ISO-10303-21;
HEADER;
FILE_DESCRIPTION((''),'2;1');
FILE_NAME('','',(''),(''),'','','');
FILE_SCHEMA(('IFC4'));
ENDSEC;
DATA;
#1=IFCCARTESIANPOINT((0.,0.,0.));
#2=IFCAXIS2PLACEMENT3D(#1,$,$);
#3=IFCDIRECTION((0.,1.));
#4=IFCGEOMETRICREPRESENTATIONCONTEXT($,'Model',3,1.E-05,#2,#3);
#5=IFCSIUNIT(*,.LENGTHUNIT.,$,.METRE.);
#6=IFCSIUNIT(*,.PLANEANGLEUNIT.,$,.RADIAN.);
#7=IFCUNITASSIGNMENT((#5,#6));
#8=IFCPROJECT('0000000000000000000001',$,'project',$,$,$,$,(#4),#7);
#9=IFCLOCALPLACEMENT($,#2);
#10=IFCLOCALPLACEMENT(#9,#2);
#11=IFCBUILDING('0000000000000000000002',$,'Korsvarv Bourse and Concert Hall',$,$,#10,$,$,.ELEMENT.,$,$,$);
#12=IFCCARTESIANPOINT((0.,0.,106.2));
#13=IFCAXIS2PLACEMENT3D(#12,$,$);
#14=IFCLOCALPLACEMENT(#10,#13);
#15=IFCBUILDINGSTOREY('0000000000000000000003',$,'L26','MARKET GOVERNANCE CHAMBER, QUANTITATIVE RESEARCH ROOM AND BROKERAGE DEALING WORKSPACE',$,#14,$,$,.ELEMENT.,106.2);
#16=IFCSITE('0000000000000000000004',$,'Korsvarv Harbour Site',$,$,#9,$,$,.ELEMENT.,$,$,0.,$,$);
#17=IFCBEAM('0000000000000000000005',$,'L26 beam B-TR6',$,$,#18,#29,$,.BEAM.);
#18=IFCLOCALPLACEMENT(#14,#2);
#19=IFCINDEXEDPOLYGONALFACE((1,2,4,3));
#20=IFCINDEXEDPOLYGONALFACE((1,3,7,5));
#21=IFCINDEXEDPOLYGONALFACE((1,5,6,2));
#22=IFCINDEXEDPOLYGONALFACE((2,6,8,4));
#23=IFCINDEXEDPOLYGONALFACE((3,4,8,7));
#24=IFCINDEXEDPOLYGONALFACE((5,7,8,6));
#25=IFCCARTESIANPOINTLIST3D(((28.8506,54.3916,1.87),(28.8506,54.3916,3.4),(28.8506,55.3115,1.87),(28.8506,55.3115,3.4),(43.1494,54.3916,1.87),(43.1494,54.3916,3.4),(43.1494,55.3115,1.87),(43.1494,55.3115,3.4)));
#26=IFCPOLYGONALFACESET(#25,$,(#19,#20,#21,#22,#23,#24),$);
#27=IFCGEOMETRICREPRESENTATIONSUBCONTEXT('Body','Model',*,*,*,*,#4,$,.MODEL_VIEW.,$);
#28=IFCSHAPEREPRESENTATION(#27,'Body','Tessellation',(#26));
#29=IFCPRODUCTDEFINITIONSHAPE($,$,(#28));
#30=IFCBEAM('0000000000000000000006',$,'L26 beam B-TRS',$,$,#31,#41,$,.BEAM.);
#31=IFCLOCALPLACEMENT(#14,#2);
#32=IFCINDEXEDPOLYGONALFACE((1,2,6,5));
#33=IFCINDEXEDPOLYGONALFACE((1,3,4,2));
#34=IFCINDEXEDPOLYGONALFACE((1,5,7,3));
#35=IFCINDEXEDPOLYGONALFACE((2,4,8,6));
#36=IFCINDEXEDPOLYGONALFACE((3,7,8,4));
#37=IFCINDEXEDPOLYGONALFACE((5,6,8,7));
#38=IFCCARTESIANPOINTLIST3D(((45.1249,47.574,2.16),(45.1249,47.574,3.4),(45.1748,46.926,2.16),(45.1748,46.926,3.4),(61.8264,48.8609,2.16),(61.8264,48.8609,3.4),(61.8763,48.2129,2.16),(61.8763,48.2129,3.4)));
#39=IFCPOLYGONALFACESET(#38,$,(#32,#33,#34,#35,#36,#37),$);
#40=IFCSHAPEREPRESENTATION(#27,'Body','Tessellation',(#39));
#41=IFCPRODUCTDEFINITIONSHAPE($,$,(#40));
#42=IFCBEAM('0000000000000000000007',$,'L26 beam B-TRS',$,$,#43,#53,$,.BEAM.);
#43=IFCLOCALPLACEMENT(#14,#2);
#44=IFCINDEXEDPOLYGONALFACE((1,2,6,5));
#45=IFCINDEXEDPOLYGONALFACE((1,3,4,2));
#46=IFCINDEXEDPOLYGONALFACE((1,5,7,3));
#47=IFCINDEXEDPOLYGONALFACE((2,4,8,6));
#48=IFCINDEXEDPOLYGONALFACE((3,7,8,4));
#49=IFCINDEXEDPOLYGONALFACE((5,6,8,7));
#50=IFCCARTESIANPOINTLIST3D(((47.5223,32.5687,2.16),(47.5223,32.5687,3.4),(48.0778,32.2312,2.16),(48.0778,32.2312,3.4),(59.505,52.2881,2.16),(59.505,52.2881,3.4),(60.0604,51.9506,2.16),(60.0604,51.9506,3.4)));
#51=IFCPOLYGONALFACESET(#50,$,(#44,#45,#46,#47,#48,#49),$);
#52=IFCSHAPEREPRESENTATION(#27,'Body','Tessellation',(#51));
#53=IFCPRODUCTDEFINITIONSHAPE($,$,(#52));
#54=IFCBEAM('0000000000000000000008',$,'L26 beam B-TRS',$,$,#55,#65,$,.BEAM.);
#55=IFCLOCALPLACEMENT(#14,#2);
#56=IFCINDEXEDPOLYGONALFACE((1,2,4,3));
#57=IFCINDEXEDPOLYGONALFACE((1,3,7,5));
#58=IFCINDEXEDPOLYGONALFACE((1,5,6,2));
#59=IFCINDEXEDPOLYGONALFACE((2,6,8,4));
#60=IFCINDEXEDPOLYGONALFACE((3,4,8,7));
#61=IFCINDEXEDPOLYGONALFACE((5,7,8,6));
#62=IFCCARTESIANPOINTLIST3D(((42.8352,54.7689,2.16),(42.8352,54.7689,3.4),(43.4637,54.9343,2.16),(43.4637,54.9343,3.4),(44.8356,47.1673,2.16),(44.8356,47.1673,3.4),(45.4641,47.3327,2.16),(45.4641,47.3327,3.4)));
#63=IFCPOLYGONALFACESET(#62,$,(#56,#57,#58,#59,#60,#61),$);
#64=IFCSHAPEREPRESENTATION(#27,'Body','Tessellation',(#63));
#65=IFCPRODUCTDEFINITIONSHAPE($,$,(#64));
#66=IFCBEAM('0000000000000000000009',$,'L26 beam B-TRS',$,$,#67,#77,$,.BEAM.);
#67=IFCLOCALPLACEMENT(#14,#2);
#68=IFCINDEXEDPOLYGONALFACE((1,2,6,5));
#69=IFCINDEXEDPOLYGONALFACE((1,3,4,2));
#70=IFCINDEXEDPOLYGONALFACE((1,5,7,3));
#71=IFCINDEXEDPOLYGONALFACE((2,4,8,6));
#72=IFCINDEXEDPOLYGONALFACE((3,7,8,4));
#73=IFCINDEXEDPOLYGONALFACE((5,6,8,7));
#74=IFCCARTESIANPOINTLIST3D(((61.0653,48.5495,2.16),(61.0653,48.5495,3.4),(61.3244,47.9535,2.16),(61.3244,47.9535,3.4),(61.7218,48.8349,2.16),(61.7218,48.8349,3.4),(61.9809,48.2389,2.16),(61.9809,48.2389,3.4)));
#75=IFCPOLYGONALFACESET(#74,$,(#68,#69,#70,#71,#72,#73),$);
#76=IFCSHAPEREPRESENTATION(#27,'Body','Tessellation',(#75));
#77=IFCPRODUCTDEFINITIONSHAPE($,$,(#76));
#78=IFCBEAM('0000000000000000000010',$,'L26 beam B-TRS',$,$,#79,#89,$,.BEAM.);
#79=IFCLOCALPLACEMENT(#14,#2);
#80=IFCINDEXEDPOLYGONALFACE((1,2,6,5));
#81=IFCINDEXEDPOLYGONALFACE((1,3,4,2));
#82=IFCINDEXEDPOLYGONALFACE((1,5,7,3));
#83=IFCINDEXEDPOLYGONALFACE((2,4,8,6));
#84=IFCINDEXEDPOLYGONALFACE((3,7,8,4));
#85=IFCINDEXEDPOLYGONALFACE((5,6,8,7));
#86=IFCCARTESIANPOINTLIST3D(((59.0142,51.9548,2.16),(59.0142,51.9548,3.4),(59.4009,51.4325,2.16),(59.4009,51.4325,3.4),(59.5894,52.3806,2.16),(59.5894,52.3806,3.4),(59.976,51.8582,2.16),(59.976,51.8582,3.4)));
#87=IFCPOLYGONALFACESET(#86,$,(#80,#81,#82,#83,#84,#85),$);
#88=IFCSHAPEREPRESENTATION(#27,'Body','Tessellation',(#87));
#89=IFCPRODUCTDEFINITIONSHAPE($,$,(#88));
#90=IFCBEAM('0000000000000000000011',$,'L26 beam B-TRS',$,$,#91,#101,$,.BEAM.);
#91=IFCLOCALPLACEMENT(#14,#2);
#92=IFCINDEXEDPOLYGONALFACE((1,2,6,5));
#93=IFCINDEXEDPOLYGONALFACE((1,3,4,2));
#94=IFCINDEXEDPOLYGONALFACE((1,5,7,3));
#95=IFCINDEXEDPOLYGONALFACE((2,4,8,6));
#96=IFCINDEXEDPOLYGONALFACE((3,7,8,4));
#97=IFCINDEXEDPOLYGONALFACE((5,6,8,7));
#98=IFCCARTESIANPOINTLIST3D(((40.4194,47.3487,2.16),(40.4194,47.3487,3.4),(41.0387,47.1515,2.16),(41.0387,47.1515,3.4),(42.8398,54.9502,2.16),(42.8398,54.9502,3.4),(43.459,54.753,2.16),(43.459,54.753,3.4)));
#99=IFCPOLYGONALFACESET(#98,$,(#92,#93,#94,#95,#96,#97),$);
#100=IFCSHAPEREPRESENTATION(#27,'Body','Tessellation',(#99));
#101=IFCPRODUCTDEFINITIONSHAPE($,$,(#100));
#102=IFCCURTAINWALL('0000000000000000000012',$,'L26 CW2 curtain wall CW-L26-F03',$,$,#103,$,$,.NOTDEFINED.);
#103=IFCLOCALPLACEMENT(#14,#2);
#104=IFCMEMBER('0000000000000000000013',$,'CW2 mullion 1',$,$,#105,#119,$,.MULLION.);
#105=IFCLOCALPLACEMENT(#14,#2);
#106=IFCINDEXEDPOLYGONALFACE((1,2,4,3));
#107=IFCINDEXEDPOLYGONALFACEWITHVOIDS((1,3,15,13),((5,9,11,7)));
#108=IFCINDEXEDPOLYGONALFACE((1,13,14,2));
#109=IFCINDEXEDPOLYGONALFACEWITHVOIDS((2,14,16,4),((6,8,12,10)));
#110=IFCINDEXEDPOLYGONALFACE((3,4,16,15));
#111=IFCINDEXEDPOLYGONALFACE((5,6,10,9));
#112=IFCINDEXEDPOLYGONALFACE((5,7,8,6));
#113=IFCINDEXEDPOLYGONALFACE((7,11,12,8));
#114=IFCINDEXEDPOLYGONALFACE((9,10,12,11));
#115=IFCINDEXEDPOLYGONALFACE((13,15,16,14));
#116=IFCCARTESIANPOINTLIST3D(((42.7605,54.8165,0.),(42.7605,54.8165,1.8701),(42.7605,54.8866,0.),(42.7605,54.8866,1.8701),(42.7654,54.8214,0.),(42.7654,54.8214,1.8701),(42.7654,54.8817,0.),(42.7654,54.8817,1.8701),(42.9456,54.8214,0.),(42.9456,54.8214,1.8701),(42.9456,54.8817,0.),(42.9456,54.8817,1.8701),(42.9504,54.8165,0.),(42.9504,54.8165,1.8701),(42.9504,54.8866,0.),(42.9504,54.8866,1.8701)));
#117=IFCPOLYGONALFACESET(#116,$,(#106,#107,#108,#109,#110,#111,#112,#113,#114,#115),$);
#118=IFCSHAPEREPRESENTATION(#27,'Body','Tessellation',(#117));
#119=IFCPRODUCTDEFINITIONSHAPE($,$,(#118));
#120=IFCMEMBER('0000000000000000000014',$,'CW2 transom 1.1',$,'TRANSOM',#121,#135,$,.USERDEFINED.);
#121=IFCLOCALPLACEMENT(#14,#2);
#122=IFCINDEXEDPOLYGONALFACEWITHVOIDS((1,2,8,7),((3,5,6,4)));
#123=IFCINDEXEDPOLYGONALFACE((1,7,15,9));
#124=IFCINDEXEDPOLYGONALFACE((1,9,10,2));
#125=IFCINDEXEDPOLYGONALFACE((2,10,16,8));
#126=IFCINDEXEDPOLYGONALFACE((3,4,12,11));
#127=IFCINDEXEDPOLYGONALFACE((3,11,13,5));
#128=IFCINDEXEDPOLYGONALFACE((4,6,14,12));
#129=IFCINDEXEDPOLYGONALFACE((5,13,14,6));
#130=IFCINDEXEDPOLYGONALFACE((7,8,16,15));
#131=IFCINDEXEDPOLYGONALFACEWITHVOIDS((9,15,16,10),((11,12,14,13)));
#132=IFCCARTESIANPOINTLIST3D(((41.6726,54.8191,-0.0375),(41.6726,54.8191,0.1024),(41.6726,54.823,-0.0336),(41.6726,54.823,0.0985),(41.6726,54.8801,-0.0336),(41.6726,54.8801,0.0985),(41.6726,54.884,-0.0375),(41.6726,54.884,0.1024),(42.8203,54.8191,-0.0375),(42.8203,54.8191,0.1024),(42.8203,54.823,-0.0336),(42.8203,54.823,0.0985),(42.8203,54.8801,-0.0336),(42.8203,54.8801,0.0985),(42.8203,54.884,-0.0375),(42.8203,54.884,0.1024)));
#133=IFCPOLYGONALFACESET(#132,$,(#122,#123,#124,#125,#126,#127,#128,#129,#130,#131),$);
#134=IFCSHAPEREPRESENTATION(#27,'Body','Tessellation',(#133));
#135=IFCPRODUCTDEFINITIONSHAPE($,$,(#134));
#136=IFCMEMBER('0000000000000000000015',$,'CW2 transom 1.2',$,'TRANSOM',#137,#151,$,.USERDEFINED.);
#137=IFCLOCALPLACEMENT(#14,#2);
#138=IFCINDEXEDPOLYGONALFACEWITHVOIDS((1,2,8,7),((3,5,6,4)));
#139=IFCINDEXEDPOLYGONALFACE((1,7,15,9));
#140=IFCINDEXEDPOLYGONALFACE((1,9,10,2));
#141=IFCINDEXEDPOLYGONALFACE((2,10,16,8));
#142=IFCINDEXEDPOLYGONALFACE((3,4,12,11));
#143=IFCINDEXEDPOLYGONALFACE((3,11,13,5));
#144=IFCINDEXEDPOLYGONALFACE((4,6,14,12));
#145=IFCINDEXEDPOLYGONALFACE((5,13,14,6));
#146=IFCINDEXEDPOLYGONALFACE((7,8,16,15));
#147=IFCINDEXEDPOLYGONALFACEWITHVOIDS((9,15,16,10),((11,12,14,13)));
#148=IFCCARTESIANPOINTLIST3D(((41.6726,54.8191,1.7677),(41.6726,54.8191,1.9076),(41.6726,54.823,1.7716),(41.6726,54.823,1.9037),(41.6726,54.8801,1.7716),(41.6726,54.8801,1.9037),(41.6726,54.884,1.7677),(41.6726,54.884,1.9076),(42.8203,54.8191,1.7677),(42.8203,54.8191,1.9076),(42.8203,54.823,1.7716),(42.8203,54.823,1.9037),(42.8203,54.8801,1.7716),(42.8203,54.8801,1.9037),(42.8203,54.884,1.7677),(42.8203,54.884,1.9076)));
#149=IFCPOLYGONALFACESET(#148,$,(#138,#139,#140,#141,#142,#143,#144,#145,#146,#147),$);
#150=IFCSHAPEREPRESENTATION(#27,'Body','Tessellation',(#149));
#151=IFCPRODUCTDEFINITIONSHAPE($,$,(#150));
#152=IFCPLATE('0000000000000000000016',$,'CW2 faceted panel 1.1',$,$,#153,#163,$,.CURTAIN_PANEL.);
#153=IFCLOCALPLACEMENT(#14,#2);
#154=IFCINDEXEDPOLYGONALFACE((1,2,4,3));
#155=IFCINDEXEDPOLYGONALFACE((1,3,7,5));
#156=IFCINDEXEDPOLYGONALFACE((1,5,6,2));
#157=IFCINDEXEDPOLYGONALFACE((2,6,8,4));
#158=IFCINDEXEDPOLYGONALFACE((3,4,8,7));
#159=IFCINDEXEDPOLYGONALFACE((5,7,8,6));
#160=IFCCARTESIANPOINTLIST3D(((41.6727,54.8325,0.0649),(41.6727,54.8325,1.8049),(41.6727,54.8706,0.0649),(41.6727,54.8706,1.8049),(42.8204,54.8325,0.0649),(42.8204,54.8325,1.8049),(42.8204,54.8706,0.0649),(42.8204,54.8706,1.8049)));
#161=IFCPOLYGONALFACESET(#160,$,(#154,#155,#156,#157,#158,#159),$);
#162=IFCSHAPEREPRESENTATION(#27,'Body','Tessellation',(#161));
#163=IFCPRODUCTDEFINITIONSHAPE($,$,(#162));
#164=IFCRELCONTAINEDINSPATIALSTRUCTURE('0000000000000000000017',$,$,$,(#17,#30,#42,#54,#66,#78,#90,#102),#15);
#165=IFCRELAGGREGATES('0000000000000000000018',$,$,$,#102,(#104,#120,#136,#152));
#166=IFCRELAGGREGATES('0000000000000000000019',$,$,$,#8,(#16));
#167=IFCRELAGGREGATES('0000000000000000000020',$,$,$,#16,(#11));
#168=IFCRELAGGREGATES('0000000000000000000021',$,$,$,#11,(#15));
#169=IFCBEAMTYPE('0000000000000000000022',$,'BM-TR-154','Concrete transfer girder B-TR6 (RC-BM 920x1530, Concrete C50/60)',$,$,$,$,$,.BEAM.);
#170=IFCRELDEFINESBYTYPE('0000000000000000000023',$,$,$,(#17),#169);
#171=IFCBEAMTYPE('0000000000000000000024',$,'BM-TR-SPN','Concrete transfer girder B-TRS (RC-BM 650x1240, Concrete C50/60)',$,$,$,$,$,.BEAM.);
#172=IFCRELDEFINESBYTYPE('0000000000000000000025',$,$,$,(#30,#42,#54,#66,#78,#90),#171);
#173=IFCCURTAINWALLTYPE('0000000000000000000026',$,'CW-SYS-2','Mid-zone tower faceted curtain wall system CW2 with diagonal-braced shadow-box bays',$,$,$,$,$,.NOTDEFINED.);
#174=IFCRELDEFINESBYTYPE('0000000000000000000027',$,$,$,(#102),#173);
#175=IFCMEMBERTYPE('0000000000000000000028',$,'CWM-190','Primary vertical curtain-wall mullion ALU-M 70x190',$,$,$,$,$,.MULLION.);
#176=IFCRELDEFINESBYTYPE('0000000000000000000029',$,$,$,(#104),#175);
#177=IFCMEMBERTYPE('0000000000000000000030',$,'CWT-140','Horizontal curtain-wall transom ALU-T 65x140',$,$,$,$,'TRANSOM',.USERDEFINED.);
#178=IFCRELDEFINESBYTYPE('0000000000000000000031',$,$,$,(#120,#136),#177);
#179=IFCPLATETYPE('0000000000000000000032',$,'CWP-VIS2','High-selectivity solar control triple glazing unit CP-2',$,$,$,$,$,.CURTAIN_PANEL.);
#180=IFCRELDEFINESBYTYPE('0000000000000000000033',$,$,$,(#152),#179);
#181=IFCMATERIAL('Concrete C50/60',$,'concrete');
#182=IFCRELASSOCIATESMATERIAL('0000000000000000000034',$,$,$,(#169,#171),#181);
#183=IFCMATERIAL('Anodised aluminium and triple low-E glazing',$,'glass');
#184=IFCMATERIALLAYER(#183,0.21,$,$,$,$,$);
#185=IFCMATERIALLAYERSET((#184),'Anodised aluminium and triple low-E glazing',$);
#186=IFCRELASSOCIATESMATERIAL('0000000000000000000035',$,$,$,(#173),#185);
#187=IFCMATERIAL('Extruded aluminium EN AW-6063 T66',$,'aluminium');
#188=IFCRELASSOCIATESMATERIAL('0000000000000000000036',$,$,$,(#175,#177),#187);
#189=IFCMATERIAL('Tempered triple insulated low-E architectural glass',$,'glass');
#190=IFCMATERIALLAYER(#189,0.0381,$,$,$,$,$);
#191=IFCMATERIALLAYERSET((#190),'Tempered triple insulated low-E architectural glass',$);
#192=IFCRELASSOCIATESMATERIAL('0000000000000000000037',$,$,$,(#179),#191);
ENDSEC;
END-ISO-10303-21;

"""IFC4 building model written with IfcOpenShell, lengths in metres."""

from ifc_helpers import new_model, si_unit, direction, frame, origin, origin_2d, place, context, subcontext, project, spatial, rectangle, hollow_rectangle, extrude, source, transform, mapped, material, layer, layer_set, material_profile, profile_set, type_object, element, aggregate, save


model = new_model("IFC4")

# Units and contexts
model_context = context("Model", 3, precision=1e-05, world=origin(), true_north=direction((0.0, 1.0)))
body_context = subcontext(model_context, "Body", "Model", "MODEL_VIEW")
ifc_project = project(units=[si_unit("LENGTHUNIT", "METRE"), si_unit("PLANEANGLEUNIT", "RADIAN")], contexts=[model_context])

# Site, building, storey
site_placement = place(None, origin())
site = spatial("IfcSite", under=ifc_project, at=site_placement, Name="Korsvarv Harbour Site", CompositionType="ELEMENT", RefElevation=0.0)
building_placement = place(site_placement, origin())
building = spatial("IfcBuilding", under=site, at=building_placement, Name="Korsvarv Bourse and Concert Hall", CompositionType="ELEMENT")
storey_placement = place(building_placement, frame((0.0, 0.0, 106.2)))
storey = spatial("IfcBuildingStorey", under=building, at=storey_placement, Name="L26", Description="MARKET GOVERNANCE CHAMBER, QUANTITATIVE RESEARCH ROOM AND BROKERAGE DEALING WORKSPACE", CompositionType="ELEMENT", Elevation=106.2)

# Beams
ifc_material_1 = material(Name="Concrete C50/60", Category="concrete")
ifc_material_profile_1 = material_profile(ifc_material_1, rectangle(XDim=0.9199, YDim=1.53, at=origin_2d()), Name="RC-BM 920x1530")
ifc_profile_set_1 = profile_set([ifc_material_profile_1], Name="Concrete C50/60")
beam_type_1 = type_object("IfcBeamType", Name="BM-TR-154", Description="Concrete transfer girder B-TR6 (RC-BM 920x1530, Concrete C50/60)", PredefinedType="BEAM", material=ifc_profile_set_1)
shared_shape_1 = source(origin(), body_context, "Body", "SweptSolid", [
    extrude(rectangle(XDim=0.9199, YDim=1.53, at=origin_2d()), origin(), (0.0, 0.0, 1.0), 14.2988),
])
beam_1_placement = place(storey_placement, frame((43.1494, 54.8516, 2.635), z_axis=(-1.0, 0.0, 0.0), x_axis=(0.0, -1.0, 0.0)))
element("IfcBeam", 1, at=beam_1_placement, inside=storey, type_object=beam_type_1, Name="L26 beam B-TR6", PredefinedType="BEAM", context=body_context, shape_type="MappedRepresentation", body=[
    mapped(shared_shape_1, transform((0.0, 0.0, 0.0), scale=1.0)),
])
ifc_material_profile_2 = material_profile(ifc_material_1, rectangle(XDim=0.6499, YDim=1.24, at=origin_2d()), Name="RC-BM 650x1240")
ifc_profile_set_2 = profile_set([ifc_material_profile_2], Name="Concrete C50/60")
beam_type_2 = type_object("IfcBeamType", Name="BM-TR-SPN", Description="Concrete transfer girder B-TRS (RC-BM 650x1240, Concrete C50/60)", PredefinedType="BEAM", material=ifc_profile_set_2)
shared_shape_2 = source(origin(), body_context, "Body", "SweptSolid", [
    extrude(rectangle(XDim=0.6499, YDim=1.24, at=origin_2d()), origin(), (0.0, 0.0, 1.0), 16.751),
])
beam_2_placement = place(storey_placement, frame((61.8513, 48.5369, 2.78), z_axis=(-0.997045, -0.076824, 0.0), x_axis=(0.076824, -0.997045, 0.0)))
element("IfcBeam", 2, at=beam_2_placement, inside=storey, type_object=beam_type_2, Name="L26 beam B-TRS", PredefinedType="BEAM", context=body_context, shape_type="MappedRepresentation", body=[
    mapped(shared_shape_2, transform((0.0, 0.0, 0.0), scale=1.0)),
])
shared_shape_3 = source(origin(), body_context, "Body", "SweptSolid", [
    extrude(rectangle(XDim=0.6499, YDim=1.24, at=origin_2d()), origin(), (0.0, 0.0, 1.0), 23.0747),
])
beam_3_placement = place(storey_placement, frame((59.7827, 52.1194, 2.78), z_axis=(-0.519299, -0.854593, 0.0), x_axis=(0.854593, -0.519299, 0.0)))
element("IfcBeam", 3, at=beam_3_placement, inside=storey, type_object=beam_type_2, Name="L26 beam B-TRS", PredefinedType="BEAM", context=body_context, shape_type="MappedRepresentation", body=[
    mapped(shared_shape_3, transform((0.0, 0.0, 0.0), scale=1.0)),
])
shared_shape_4 = source(origin(), body_context, "Body", "SweptSolid", [
    extrude(rectangle(XDim=0.6499, YDim=1.24, at=origin_2d()), origin(), (0.0, 0.0, 1.0), 7.8604),
])
beam_4_placement = place(storey_placement, frame((43.1494, 54.8516, 2.78), z_axis=(0.254502, -0.967072, 0.0), x_axis=(0.967072, 0.254502, 0.0)))
element("IfcBeam", 4, at=beam_4_placement, inside=storey, type_object=beam_type_2, Name="L26 beam B-TRS", PredefinedType="BEAM", context=body_context, shape_type="MappedRepresentation", body=[
    mapped(shared_shape_4, transform((0.0, 0.0, 0.0), scale=1.0)),
])
shared_shape_5 = source(origin(), body_context, "Body", "SweptSolid", [
    extrude(rectangle(XDim=0.6499, YDim=1.24, at=origin_2d()), origin(), (0.0, 0.0, 1.0), 0.7158),
])
beam_5_placement = place(storey_placement, frame((61.8513, 48.5369, 2.78), z_axis=(-0.917086, -0.398689, 0.0), x_axis=(0.398689, -0.917086, 0.0)))
element("IfcBeam", 5, at=beam_5_placement, inside=storey, type_object=beam_type_2, Name="L26 beam B-TRS", PredefinedType="BEAM", context=body_context, shape_type="MappedRepresentation", body=[
    mapped(shared_shape_5, transform((0.0, 0.0, 0.0), scale=1.0)),
])
shared_shape_6 = source(origin(), body_context, "Body", "SweptSolid", [
    extrude(rectangle(XDim=0.6499, YDim=1.24, at=origin_2d()), origin(), (0.0, 0.0, 1.0), 0.7156),
])
beam_6_placement = place(storey_placement, frame((59.7827, 52.1194, 2.78), z_axis=(-0.803751, -0.594966, 0.0), x_axis=(0.594966, -0.803751, 0.0)))
element("IfcBeam", 6, at=beam_6_placement, inside=storey, type_object=beam_type_2, Name="L26 beam B-TRS", PredefinedType="BEAM", context=body_context, shape_type="MappedRepresentation", body=[
    mapped(shared_shape_6, transform((0.0, 0.0, 0.0), scale=1.0)),
])
shared_shape_7 = source(origin(), body_context, "Body", "SweptSolid", [
    extrude(rectangle(XDim=0.6499, YDim=1.24, at=origin_2d()), origin(), (0.0, 0.0, 1.0), 7.9775),
])
beam_7_placement = place(storey_placement, frame((43.1494, 54.8516, 2.78), z_axis=(-0.303401, -0.952863, 0.0), x_axis=(0.952863, -0.303401, 0.0)))
element("IfcBeam", 7, at=beam_7_placement, inside=storey, type_object=beam_type_2, Name="L26 beam B-TRS", PredefinedType="BEAM", context=body_context, shape_type="MappedRepresentation", body=[
    mapped(shared_shape_7, transform((0.0, 0.0, 0.0), scale=1.0)),
])

# Curtain wall, members, plate
ifc_material_2 = material(Name="Anodised aluminium and triple low-E glazing", Category="glass")
ifc_layer_1 = layer(ifc_material_2, 0.21)
ifc_layer_set_1 = layer_set([ifc_layer_1], Name="Anodised aluminium and triple low-E glazing")
curtain_wall_type = type_object("IfcCurtainWallType", Name="CW-SYS-2", Description="Mid-zone tower faceted curtain wall system CW2 with diagonal-braced shadow-box bays", PredefinedType="NOTDEFINED", material=ifc_layer_set_1)
curtain_wall_placement = place(storey_placement, origin())
curtain_wall = element("IfcCurtainWall", 8, at=curtain_wall_placement, inside=storey, type_object=curtain_wall_type, Name="L26 CW2 curtain wall CW-L26-F03", PredefinedType="NOTDEFINED")
ifc_material_3 = material(Name="Extruded aluminium EN AW-6063 T66", Category="aluminium")
ifc_material_profile_3 = material_profile(ifc_material_3, hollow_rectangle(XDim=0.0701, YDim=0.1899, WallThickness=0.0049, at=origin_2d()), Name="ALU-M 70x190")
ifc_profile_set_3 = profile_set([ifc_material_profile_3], Name="Extruded aluminium EN AW-6063 T66")
member_type_1 = type_object("IfcMemberType", Name="CWM-190", Description="Primary vertical curtain-wall mullion ALU-M 70x190", PredefinedType="MULLION", material=ifc_profile_set_3)
shared_shape_8 = source(origin(), body_context, "Body", "SweptSolid", [
    extrude(hollow_rectangle(XDim=0.0701, YDim=0.1899, WallThickness=0.0049, at=origin_2d()), origin(), (0.0, 0.0, 1.0), 1.8701),
])
member_1_placement = place(storey_placement, frame((42.8555, 54.8516, 0.0), z_axis=(0.0, 0.0, 1.0), x_axis=(0.0, -1.0, 0.0)))
member_1 = element("IfcMember", 9, at=member_1_placement, type_object=member_type_1, Name="CW2 mullion 1", PredefinedType="MULLION", context=body_context, shape_type="MappedRepresentation", body=[
    mapped(shared_shape_8, transform((0.0, 0.0, 0.0), scale=1.0)),
])
ifc_material_profile_4 = material_profile(ifc_material_3, hollow_rectangle(XDim=0.0649, YDim=0.1399, WallThickness=0.0039, at=origin_2d()), Name="ALU-T 65x140")
ifc_profile_set_4 = profile_set([ifc_material_profile_4], Name="Extruded aluminium EN AW-6063 T66")
member_type_2 = type_object("IfcMemberType", Name="CWT-140", Description="Horizontal curtain-wall transom ALU-T 65x140", ElementType="TRANSOM", PredefinedType="USERDEFINED", material=ifc_profile_set_4)
shared_shape_9 = source(origin(), body_context, "Body", "SweptSolid", [
    extrude(hollow_rectangle(XDim=0.0649, YDim=0.1399, WallThickness=0.0039, at=origin_2d()), origin(), (0.0, 0.0, 1.0), 1.1477),
])
member_2_placement = place(storey_placement, frame((42.8203, 54.8516, 0.0325), z_axis=(-1.0, 0.0, 0.0), x_axis=(0.0, -1.0, 0.0)))
member_2 = element("IfcMember", 10, at=member_2_placement, type_object=member_type_2, Name="CW2 transom 1.1", ObjectType="TRANSOM", PredefinedType="USERDEFINED", context=body_context, shape_type="MappedRepresentation", body=[
    mapped(shared_shape_9, transform((0.0, 0.0, 0.0), scale=1.0)),
])
member_3_placement = place(storey_placement, frame((42.8203, 54.8516, 1.8376), z_axis=(-1.0, 0.0, 0.0), x_axis=(0.0, -1.0, 0.0)))
member_3 = element("IfcMember", 11, at=member_3_placement, type_object=member_type_2, Name="CW2 transom 1.2", ObjectType="TRANSOM", PredefinedType="USERDEFINED", context=body_context, shape_type="MappedRepresentation", body=[
    mapped(shared_shape_9, transform((0.0, 0.0, 0.0), scale=1.0)),
])
ifc_material_4 = material(Name="Tempered triple insulated low-E architectural glass", Category="glass")
ifc_layer_2 = layer(ifc_material_4, 0.0381)
ifc_layer_set_2 = layer_set([ifc_layer_2], Name="Tempered triple insulated low-E architectural glass")
plate_type = type_object("IfcPlateType", Name="CWP-VIS2", Description="High-selectivity solar control triple glazing unit CP-2", PredefinedType="CURTAIN_PANEL", material=ifc_layer_set_2)
shared_shape_10 = source(origin(), body_context, "Body", "SweptSolid", [
    extrude(rectangle(XDim=1.1477, YDim=0.0381, at=origin_2d()), origin(), (0.0, 0.0, 1.0), 1.74),
])
plate_placement = place(storey_placement, frame((42.2466, 54.8516, 0.0649), z_axis=(0.0, 0.0, 1.0), x_axis=(-1.0, 0.0, 0.0)))
plate = element("IfcPlate", 12, at=plate_placement, type_object=plate_type, Name="CW2 faceted panel 1.1", PredefinedType="CURTAIN_PANEL", context=body_context, shape_type="MappedRepresentation", body=[
    mapped(shared_shape_10, transform((0.0, 0.0, 0.0), scale=1.0)),
])
aggregate(curtain_wall, [member_1, member_2, member_3, plate])

save(model, "model.ifc")
